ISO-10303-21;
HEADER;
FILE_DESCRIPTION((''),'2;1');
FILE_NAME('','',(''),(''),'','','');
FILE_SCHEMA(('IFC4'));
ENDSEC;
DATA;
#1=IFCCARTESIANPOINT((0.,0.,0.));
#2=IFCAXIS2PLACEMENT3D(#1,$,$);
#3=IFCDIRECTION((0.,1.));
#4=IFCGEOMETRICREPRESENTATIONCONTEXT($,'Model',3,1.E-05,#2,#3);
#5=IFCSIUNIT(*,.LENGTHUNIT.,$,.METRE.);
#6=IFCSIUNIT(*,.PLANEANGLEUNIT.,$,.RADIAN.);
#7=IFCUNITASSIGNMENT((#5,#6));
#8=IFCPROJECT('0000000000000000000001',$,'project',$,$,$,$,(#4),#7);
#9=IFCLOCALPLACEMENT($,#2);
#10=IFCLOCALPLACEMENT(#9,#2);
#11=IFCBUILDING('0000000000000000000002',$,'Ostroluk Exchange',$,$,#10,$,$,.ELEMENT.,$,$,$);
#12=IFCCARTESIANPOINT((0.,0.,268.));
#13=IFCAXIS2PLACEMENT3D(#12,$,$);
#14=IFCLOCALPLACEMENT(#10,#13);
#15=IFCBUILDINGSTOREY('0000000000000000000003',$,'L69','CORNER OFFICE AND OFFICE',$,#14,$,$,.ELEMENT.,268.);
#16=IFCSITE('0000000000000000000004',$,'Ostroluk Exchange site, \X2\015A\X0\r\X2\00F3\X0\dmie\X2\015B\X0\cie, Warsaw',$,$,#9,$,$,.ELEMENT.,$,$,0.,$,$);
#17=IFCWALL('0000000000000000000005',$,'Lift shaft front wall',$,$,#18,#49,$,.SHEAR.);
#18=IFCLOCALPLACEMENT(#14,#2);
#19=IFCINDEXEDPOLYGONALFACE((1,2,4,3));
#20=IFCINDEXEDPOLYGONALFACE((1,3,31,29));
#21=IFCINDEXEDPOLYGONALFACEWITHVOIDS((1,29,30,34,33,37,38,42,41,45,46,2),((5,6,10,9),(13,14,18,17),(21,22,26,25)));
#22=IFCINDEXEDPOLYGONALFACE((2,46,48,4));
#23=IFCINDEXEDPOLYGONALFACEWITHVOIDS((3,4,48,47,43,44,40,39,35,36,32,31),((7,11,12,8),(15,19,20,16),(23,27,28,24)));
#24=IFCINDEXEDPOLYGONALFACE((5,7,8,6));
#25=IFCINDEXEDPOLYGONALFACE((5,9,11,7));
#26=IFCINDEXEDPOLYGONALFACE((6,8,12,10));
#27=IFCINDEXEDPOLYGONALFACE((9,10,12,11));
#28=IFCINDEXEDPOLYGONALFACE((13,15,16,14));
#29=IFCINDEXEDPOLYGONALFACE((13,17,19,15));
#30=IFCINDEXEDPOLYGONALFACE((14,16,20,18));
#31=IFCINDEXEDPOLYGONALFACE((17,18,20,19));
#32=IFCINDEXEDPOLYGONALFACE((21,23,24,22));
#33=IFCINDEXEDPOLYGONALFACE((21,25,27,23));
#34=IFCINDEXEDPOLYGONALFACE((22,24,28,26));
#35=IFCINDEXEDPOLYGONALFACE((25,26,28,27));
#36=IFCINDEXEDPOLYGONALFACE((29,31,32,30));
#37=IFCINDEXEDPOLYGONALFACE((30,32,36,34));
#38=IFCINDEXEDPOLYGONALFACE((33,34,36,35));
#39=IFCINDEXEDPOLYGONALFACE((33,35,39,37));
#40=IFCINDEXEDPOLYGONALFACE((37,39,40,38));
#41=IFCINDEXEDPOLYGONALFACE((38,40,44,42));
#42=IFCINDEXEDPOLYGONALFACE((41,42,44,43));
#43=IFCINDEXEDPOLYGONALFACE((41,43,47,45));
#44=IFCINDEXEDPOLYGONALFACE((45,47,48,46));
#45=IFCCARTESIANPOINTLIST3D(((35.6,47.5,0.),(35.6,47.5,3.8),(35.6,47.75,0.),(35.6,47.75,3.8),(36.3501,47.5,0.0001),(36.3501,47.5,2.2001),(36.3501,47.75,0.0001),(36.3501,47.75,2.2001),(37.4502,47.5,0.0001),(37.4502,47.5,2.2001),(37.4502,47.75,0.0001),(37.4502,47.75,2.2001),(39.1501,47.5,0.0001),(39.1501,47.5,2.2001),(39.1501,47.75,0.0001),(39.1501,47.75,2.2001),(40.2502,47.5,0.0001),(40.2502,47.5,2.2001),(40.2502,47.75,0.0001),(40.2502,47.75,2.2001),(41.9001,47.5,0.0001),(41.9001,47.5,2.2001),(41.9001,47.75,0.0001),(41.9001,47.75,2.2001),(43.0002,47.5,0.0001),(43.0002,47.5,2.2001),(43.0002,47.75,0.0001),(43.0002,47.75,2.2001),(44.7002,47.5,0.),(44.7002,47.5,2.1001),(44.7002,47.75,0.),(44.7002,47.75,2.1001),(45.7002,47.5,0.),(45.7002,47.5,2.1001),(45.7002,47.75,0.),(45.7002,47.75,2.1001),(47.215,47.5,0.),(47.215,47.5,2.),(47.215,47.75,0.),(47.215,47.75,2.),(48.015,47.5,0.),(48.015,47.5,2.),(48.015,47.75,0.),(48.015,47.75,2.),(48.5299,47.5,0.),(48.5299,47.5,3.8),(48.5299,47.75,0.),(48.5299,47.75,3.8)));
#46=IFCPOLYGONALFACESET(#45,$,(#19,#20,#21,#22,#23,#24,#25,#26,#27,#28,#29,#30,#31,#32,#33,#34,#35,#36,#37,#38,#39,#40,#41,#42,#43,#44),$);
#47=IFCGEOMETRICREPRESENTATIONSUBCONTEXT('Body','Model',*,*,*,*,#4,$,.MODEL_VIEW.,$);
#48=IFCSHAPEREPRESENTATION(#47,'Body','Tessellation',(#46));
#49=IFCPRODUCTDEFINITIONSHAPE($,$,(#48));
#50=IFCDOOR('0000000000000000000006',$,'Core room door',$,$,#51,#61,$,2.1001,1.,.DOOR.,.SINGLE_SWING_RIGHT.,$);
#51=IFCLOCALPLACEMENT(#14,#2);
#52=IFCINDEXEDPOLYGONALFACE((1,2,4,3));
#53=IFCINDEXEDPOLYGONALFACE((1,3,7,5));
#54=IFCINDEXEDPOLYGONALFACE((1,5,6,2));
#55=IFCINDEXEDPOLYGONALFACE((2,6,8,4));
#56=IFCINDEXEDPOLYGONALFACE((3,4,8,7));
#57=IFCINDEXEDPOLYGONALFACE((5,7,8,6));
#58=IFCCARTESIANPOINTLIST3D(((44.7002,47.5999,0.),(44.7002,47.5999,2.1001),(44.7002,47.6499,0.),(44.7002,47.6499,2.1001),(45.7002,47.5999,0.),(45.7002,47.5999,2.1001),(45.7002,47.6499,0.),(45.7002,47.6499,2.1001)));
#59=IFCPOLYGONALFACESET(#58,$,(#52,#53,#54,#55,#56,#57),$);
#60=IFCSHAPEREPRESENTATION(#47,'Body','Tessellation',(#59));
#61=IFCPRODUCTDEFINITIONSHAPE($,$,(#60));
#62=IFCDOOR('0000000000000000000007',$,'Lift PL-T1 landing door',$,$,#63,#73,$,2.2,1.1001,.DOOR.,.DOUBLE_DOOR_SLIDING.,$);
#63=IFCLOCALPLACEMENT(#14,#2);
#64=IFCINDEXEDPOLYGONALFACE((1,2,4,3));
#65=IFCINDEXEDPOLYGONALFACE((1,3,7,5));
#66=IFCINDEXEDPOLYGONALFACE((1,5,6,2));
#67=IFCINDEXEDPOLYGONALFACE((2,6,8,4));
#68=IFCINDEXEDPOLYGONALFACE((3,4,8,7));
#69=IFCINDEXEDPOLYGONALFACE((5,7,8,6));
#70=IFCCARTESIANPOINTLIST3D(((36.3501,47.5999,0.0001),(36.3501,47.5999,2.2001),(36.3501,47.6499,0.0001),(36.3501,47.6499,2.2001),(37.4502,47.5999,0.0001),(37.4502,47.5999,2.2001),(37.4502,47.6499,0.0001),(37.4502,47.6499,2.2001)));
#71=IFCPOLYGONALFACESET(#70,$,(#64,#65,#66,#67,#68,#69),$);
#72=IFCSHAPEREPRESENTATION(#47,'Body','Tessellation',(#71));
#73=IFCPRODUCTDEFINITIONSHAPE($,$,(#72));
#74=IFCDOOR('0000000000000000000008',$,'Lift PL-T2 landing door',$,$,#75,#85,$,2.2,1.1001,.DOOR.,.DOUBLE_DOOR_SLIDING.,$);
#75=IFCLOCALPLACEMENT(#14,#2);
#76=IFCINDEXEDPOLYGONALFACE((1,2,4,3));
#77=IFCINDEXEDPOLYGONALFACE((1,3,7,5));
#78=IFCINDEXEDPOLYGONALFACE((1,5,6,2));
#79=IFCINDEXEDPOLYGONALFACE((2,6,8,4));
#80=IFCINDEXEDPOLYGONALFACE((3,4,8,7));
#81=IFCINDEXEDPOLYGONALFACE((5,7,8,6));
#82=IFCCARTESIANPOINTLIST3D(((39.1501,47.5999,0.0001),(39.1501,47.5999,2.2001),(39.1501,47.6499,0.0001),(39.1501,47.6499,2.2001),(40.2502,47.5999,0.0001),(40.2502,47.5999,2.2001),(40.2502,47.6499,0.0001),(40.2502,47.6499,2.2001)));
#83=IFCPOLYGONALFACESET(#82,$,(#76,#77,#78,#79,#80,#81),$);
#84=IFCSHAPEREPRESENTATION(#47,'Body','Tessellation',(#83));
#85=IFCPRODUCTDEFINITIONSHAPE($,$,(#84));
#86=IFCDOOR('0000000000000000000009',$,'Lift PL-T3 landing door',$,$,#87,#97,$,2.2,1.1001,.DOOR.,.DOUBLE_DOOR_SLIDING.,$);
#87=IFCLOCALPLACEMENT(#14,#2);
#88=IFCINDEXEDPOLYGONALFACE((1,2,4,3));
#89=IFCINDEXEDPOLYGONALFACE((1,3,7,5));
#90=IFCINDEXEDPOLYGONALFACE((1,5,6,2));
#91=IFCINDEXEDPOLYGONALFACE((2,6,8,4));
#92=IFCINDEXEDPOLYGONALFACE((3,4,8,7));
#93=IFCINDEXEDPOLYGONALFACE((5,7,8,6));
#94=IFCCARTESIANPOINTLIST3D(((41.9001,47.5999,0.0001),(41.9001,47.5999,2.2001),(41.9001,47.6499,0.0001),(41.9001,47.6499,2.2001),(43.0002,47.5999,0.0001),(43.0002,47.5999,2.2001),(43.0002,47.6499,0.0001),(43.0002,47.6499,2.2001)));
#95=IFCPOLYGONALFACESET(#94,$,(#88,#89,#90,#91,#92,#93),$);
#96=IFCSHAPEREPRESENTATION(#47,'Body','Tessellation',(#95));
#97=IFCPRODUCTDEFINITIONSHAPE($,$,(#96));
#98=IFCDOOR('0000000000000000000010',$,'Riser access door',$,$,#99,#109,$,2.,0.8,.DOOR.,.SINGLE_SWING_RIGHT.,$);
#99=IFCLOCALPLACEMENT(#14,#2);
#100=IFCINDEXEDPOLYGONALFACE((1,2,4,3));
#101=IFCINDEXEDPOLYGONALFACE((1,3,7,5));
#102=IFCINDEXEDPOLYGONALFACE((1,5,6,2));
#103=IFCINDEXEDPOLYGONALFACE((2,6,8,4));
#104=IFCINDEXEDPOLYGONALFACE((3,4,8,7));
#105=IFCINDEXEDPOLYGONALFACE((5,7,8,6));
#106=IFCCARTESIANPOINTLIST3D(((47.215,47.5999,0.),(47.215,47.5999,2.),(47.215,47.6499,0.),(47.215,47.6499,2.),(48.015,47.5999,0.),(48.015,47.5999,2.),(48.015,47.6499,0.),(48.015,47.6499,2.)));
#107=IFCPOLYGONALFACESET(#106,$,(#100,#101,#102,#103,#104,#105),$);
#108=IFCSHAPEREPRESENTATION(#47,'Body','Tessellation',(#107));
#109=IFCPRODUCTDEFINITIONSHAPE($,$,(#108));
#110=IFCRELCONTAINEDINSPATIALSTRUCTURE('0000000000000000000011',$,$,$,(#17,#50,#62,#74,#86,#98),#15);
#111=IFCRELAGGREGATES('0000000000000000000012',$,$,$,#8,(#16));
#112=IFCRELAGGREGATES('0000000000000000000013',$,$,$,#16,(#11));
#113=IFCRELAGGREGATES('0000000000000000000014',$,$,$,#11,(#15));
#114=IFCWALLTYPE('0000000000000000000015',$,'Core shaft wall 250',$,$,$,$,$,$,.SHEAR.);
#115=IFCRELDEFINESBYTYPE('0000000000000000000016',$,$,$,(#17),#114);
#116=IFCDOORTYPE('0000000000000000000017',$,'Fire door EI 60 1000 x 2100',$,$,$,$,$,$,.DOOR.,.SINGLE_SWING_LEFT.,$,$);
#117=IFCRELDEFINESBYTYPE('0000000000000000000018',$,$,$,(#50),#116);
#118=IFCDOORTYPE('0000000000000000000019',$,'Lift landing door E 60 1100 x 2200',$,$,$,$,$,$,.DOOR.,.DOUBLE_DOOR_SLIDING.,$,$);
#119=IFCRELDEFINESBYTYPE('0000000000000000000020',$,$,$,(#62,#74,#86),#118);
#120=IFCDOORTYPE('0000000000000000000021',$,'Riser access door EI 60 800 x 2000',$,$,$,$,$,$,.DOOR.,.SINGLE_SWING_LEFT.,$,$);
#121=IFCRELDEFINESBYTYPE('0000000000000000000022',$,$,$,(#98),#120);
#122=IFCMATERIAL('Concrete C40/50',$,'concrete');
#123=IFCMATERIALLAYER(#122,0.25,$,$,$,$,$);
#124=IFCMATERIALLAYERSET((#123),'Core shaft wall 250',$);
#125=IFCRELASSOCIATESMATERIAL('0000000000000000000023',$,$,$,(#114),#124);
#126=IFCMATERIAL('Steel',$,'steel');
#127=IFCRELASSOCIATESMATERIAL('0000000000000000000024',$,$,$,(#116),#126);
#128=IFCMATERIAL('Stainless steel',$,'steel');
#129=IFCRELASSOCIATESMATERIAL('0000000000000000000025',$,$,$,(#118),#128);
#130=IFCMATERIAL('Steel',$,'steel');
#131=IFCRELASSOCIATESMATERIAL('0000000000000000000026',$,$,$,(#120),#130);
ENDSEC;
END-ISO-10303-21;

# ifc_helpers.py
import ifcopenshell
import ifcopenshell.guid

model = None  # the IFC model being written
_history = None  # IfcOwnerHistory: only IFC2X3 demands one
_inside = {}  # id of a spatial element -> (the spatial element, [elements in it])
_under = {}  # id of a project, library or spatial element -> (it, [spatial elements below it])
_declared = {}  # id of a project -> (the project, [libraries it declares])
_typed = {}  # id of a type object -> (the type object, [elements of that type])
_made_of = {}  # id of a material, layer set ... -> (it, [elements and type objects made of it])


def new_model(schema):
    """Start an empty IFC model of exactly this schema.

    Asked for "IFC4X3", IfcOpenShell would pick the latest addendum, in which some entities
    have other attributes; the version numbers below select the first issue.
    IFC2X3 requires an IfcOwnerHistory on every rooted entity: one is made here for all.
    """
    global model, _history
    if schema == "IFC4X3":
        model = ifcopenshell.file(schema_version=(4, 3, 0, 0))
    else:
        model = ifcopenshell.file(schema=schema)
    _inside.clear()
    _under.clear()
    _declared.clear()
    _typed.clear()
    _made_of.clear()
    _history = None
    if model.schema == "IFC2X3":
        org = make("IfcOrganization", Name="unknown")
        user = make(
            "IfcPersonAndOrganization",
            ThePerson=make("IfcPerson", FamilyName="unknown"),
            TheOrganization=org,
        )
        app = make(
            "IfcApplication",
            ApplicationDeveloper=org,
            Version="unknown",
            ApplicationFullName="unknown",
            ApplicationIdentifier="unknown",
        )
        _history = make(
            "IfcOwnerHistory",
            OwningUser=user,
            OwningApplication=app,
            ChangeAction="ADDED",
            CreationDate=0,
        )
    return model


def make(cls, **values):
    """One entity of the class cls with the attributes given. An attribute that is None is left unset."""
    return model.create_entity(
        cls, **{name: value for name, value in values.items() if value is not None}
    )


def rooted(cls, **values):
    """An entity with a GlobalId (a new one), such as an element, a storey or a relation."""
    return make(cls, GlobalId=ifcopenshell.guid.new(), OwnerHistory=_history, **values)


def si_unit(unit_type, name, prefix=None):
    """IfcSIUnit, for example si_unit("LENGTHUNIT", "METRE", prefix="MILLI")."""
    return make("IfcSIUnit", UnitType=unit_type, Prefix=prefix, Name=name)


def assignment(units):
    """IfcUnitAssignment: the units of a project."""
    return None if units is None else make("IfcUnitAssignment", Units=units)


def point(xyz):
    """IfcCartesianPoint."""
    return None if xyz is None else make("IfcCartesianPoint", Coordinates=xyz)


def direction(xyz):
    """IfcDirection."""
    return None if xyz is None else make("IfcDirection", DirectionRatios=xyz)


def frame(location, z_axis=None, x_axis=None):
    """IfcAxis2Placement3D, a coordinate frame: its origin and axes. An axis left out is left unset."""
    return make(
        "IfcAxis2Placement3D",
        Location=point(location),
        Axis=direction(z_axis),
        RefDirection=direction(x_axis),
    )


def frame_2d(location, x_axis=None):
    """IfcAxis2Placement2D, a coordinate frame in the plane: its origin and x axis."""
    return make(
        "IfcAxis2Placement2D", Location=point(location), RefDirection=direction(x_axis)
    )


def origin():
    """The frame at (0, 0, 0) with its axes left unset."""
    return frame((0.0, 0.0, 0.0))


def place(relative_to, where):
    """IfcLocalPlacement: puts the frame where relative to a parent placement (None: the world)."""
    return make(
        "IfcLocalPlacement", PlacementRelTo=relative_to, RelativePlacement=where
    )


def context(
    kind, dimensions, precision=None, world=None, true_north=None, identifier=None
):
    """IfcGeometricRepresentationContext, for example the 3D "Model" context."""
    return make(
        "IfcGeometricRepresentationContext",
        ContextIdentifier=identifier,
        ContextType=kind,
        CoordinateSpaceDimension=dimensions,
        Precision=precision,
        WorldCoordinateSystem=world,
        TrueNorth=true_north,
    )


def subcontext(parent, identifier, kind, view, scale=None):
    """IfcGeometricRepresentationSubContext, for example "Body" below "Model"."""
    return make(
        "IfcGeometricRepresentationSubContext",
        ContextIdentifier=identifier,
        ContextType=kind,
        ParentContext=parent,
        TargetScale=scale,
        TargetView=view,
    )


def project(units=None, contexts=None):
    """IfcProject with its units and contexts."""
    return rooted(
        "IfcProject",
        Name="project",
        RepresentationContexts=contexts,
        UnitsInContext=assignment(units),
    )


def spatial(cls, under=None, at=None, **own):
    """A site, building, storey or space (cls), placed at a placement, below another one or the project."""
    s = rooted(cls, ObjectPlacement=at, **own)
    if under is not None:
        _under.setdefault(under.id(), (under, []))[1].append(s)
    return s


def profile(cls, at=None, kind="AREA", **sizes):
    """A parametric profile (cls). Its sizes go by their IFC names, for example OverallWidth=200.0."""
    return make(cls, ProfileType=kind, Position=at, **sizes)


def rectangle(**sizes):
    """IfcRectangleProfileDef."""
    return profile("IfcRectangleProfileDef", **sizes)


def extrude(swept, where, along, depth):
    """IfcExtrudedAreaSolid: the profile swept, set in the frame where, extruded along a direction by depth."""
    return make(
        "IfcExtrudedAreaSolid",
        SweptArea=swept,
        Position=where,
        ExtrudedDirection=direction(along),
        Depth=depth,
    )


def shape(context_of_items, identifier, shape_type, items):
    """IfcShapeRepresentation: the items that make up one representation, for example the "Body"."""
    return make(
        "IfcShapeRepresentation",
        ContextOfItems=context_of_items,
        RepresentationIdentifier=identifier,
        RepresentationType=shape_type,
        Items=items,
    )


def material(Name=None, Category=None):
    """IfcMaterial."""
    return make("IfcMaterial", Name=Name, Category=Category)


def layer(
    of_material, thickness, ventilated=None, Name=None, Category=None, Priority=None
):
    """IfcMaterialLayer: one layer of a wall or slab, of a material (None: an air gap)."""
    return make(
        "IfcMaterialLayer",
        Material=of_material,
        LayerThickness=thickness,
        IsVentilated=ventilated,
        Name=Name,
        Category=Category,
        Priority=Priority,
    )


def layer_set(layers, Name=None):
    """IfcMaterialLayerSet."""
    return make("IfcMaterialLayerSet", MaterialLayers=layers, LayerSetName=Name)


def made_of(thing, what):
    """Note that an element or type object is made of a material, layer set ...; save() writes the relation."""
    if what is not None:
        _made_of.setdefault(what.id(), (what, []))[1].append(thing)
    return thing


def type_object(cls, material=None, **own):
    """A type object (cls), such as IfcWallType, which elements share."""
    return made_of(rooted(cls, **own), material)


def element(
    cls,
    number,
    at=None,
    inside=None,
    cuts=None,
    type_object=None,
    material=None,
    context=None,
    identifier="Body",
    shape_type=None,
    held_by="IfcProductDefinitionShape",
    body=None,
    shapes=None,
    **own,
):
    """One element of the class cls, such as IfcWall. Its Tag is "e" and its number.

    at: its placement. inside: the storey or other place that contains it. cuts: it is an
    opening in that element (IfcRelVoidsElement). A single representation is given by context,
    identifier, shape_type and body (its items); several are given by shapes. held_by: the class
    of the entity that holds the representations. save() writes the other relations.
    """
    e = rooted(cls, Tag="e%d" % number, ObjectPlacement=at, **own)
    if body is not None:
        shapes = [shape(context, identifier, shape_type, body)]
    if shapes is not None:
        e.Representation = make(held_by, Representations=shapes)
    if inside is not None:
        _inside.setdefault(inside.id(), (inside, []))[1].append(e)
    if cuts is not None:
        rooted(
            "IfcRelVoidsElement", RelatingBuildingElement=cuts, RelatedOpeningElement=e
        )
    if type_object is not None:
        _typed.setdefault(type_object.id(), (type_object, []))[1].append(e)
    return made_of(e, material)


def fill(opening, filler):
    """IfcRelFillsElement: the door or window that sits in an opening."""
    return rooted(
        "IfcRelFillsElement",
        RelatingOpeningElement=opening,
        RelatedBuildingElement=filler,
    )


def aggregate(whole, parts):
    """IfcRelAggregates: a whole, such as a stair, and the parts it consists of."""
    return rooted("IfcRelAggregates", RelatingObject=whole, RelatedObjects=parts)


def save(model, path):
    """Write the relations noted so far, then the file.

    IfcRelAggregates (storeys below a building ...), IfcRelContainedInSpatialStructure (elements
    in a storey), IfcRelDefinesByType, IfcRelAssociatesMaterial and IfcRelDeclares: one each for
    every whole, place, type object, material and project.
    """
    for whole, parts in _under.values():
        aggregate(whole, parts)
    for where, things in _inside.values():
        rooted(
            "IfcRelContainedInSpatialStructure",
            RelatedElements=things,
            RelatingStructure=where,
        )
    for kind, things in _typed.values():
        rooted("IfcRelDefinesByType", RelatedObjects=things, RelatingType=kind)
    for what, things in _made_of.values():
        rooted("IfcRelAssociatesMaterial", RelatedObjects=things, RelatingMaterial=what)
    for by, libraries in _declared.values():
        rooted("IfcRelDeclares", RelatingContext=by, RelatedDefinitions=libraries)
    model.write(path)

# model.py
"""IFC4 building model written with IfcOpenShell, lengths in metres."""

from ifc_helpers import new_model, si_unit, direction, frame, frame_2d, origin, place, context, subcontext, project, spatial, rectangle, extrude, material, layer, layer_set, type_object, element, fill, save


model = new_model("IFC4")

# Units and contexts
model_context = context("Model", 3, precision=1e-05, world=origin(), true_north=direction((0.0, 1.0)))
body_context = subcontext(model_context, "Body", "Model", "MODEL_VIEW")
ifc_project = project(units=[si_unit("LENGTHUNIT", "METRE"), si_unit("PLANEANGLEUNIT", "RADIAN")], contexts=[model_context])

# Site, building, storey
site_placement = place(None, origin())
site = spatial("IfcSite", under=ifc_project, at=site_placement, Name="Ostroluk Exchange site, Śródmieście, Warsaw", CompositionType="ELEMENT", RefElevation=0.0)
building_placement = place(site_placement, origin())
building = spatial("IfcBuilding", under=site, at=building_placement, Name="Ostroluk Exchange", CompositionType="ELEMENT")
storey_placement = place(building_placement, frame((0.0, 0.0, 268.0)))
storey = spatial("IfcBuildingStorey", under=building, at=storey_placement, Name="L69", Description="CORNER OFFICE AND OFFICE", CompositionType="ELEMENT", Elevation=268.0)

# Shared definitions
ifc_material_1 = material(Name="Concrete C40/50", Category="concrete")
ifc_layer = layer(ifc_material_1, 0.25)
ifc_layer_set = layer_set([ifc_layer], Name="Core shaft wall 250")
wall_type = type_object("IfcWallType", Name="Core shaft wall 250", PredefinedType="SHEAR", material=ifc_layer_set)

# Wall, openings, doors
wall_1_placement = place(storey_placement, frame((35.6001, 47.625, 0.0), z_axis=(0.0, 0.0, 1.0), x_axis=(1.0, 0.0, 0.0)))
wall_1 = element("IfcWall", 1, at=wall_1_placement, inside=storey, type_object=wall_type, Name="Lift shaft front wall", PredefinedType="SHEAR", context=body_context, shape_type="SweptSolid", body=[
    extrude(rectangle(XDim=12.9299, YDim=0.25, at=frame_2d((6.4648, 0.0))), origin(), (0.0, 0.0, 1.0), 3.8),
])
opening_1_placement = place(wall_1_placement, frame((0.75, 0.0, 0.0)))
opening_1 = element("IfcOpeningElement", 2, at=opening_1_placement, cuts=wall_1, PredefinedType="OPENING", context=body_context, shape_type="SweptSolid", body=[
    extrude(rectangle(XDim=1.1001, YDim=2.2, at=frame_2d((0.55, 1.1001))), frame((0.0, 0.135, 0.0), z_axis=(0.0, -1.0, 0.0), x_axis=(1.0, 0.0, 0.0)), (0.0, 0.0, 1.0), 0.27),
])
opening_2_placement = place(wall_1_placement, frame((3.55, 0.0, 0.0)))
opening_2 = element("IfcOpeningElement", 3, at=opening_2_placement, cuts=wall_1, PredefinedType="OPENING", context=body_context, shape_type="SweptSolid", body=[
    extrude(rectangle(XDim=1.1001, YDim=2.2, at=frame_2d((0.55, 1.1001))), frame((0.0, 0.135, 0.0), z_axis=(0.0, -1.0, 0.0), x_axis=(1.0, 0.0, 0.0)), (0.0, 0.0, 1.0), 0.27),
])
opening_3_placement = place(wall_1_placement, frame((6.3, 0.0, 0.0)))
opening_3 = element("IfcOpeningElement", 4, at=opening_3_placement, cuts=wall_1, PredefinedType="OPENING", context=body_context, shape_type="SweptSolid", body=[
    extrude(rectangle(XDim=1.1001, YDim=2.2, at=frame_2d((0.55, 1.1001))), frame((0.0, 0.135, 0.0), z_axis=(0.0, -1.0, 0.0), x_axis=(1.0, 0.0, 0.0)), (0.0, 0.0, 1.0), 0.27),
])
opening_4_placement = place(wall_1_placement, frame((9.1001, 0.0, 0.0)))
opening_4 = element("IfcOpeningElement", 5, at=opening_4_placement, cuts=wall_1, PredefinedType="OPENING", context=body_context, shape_type="SweptSolid", body=[
    extrude(rectangle(XDim=1.0, YDim=2.1001, at=frame_2d((0.5, 1.05))), frame((0.0, 0.135, 0.0), z_axis=(0.0, -1.0, 0.0), x_axis=(1.0, 0.0, 0.0)), (0.0, 0.0, 1.0), 0.27),
])
opening_5_placement = place(wall_1_placement, frame((11.615, 0.0, 0.0)))
opening_5 = element("IfcOpeningElement", 6, at=opening_5_placement, cuts=wall_1, PredefinedType="OPENING", context=body_context, shape_type="SweptSolid", body=[
    extrude(rectangle(XDim=0.8, YDim=2.0, at=frame_2d((0.3999, 1.0))), frame((0.0, 0.135, 0.0), z_axis=(0.0, -1.0, 0.0), x_axis=(1.0, 0.0, 0.0)), (0.0, 0.0, 1.0), 0.27),
])
ifc_material_2 = material(Name="Steel", Category="steel")
door_type_1 = type_object("IfcDoorType", Name="Fire door EI 60 1000 x 2100", OperationType="SINGLE_SWING_LEFT", PredefinedType="DOOR", material=ifc_material_2)
door_1_placement = place(opening_4_placement, origin())
door_1 = element("IfcDoor", 7, at=door_1_placement, inside=storey, type_object=door_type_1, Name="Core room door", OperationType="SINGLE_SWING_RIGHT", OverallHeight=2.1001, OverallWidth=1.0, PredefinedType="DOOR", context=body_context, shape_type="SweptSolid", body=[
    extrude(rectangle(XDim=1.0, YDim=2.1001, at=frame_2d((0.5, 1.05))), frame((0.0, 0.0249, 0.0), z_axis=(0.0, -1.0, 0.0), x_axis=(1.0, 0.0, 0.0)), (0.0, 0.0, 1.0), 0.05),
])
fill(opening_4, door_1)
ifc_material_3 = material(Name="Stainless steel", Category="steel")
door_type_2 = type_object("IfcDoorType", Name="Lift landing door E 60 1100 x 2200", OperationType="DOUBLE_DOOR_SLIDING", PredefinedType="DOOR", material=ifc_material_3)
door_2_placement = place(opening_1_placement, origin())
door_2 = element("IfcDoor", 8, at=door_2_placement, inside=storey, type_object=door_type_2, Name="Lift PL-T1 landing door", OperationType="DOUBLE_DOOR_SLIDING", OverallHeight=2.2, OverallWidth=1.1001, PredefinedType="DOOR", context=body_context, shape_type="SweptSolid", body=[
    extrude(rectangle(XDim=1.1001, YDim=2.2, at=frame_2d((0.55, 1.1001))), frame((0.0, 0.0249, 0.0), z_axis=(0.0, -1.0, 0.0), x_axis=(1.0, 0.0, 0.0)), (0.0, 0.0, 1.0), 0.05),
])
fill(opening_1, door_2)
door_3_placement = place(opening_2_placement, origin())
door_3 = element("IfcDoor", 9, at=door_3_placement, inside=storey, type_object=door_type_2, Name="Lift PL-T2 landing door", OperationType="DOUBLE_DOOR_SLIDING", OverallHeight=2.2, OverallWidth=1.1001, PredefinedType="DOOR", context=body_context, shape_type="SweptSolid", body=[
    extrude(rectangle(XDim=1.1001, YDim=2.2, at=frame_2d((0.55, 1.1001))), frame((0.0, 0.0249, 0.0), z_axis=(0.0, -1.0, 0.0), x_axis=(1.0, 0.0, 0.0)), (0.0, 0.0, 1.0), 0.05),
])
fill(opening_2, door_3)
door_4_placement = place(opening_3_placement, origin())
door_4 = element("IfcDoor", 10, at=door_4_placement, inside=storey, type_object=door_type_2, Name="Lift PL-T3 landing door", OperationType="DOUBLE_DOOR_SLIDING", OverallHeight=2.2, OverallWidth=1.1001, PredefinedType="DOOR", context=body_context, shape_type="SweptSolid", body=[
    extrude(rectangle(XDim=1.1001, YDim=2.2, at=frame_2d((0.55, 1.1001))), frame((0.0, 0.0249, 0.0), z_axis=(0.0, -1.0, 0.0), x_axis=(1.0, 0.0, 0.0)), (0.0, 0.0, 1.0), 0.05),
])
fill(opening_3, door_4)
ifc_material_4 = material(Name="Steel", Category="steel")
door_type_3 = type_object("IfcDoorType", Name="Riser access door EI 60 800 x 2000", OperationType="SINGLE_SWING_LEFT", PredefinedType="DOOR", material=ifc_material_4)
door_5_placement = place(opening_5_placement, origin())
door_5 = element("IfcDoor", 11, at=door_5_placement, inside=storey, type_object=door_type_3, Name="Riser access door", OperationType="SINGLE_SWING_RIGHT", OverallHeight=2.0, OverallWidth=0.8, PredefinedType="DOOR", context=body_context, shape_type="SweptSolid", body=[
    extrude(rectangle(XDim=0.8, YDim=2.0, at=frame_2d((0.3999, 1.0))), frame((0.0, 0.0249, 0.0), z_axis=(0.0, -1.0, 0.0), x_axis=(1.0, 0.0, 0.0)), (0.0, 0.0, 1.0), 0.05),
])
fill(opening_5, door_5)

save(model, "model.ifc")
